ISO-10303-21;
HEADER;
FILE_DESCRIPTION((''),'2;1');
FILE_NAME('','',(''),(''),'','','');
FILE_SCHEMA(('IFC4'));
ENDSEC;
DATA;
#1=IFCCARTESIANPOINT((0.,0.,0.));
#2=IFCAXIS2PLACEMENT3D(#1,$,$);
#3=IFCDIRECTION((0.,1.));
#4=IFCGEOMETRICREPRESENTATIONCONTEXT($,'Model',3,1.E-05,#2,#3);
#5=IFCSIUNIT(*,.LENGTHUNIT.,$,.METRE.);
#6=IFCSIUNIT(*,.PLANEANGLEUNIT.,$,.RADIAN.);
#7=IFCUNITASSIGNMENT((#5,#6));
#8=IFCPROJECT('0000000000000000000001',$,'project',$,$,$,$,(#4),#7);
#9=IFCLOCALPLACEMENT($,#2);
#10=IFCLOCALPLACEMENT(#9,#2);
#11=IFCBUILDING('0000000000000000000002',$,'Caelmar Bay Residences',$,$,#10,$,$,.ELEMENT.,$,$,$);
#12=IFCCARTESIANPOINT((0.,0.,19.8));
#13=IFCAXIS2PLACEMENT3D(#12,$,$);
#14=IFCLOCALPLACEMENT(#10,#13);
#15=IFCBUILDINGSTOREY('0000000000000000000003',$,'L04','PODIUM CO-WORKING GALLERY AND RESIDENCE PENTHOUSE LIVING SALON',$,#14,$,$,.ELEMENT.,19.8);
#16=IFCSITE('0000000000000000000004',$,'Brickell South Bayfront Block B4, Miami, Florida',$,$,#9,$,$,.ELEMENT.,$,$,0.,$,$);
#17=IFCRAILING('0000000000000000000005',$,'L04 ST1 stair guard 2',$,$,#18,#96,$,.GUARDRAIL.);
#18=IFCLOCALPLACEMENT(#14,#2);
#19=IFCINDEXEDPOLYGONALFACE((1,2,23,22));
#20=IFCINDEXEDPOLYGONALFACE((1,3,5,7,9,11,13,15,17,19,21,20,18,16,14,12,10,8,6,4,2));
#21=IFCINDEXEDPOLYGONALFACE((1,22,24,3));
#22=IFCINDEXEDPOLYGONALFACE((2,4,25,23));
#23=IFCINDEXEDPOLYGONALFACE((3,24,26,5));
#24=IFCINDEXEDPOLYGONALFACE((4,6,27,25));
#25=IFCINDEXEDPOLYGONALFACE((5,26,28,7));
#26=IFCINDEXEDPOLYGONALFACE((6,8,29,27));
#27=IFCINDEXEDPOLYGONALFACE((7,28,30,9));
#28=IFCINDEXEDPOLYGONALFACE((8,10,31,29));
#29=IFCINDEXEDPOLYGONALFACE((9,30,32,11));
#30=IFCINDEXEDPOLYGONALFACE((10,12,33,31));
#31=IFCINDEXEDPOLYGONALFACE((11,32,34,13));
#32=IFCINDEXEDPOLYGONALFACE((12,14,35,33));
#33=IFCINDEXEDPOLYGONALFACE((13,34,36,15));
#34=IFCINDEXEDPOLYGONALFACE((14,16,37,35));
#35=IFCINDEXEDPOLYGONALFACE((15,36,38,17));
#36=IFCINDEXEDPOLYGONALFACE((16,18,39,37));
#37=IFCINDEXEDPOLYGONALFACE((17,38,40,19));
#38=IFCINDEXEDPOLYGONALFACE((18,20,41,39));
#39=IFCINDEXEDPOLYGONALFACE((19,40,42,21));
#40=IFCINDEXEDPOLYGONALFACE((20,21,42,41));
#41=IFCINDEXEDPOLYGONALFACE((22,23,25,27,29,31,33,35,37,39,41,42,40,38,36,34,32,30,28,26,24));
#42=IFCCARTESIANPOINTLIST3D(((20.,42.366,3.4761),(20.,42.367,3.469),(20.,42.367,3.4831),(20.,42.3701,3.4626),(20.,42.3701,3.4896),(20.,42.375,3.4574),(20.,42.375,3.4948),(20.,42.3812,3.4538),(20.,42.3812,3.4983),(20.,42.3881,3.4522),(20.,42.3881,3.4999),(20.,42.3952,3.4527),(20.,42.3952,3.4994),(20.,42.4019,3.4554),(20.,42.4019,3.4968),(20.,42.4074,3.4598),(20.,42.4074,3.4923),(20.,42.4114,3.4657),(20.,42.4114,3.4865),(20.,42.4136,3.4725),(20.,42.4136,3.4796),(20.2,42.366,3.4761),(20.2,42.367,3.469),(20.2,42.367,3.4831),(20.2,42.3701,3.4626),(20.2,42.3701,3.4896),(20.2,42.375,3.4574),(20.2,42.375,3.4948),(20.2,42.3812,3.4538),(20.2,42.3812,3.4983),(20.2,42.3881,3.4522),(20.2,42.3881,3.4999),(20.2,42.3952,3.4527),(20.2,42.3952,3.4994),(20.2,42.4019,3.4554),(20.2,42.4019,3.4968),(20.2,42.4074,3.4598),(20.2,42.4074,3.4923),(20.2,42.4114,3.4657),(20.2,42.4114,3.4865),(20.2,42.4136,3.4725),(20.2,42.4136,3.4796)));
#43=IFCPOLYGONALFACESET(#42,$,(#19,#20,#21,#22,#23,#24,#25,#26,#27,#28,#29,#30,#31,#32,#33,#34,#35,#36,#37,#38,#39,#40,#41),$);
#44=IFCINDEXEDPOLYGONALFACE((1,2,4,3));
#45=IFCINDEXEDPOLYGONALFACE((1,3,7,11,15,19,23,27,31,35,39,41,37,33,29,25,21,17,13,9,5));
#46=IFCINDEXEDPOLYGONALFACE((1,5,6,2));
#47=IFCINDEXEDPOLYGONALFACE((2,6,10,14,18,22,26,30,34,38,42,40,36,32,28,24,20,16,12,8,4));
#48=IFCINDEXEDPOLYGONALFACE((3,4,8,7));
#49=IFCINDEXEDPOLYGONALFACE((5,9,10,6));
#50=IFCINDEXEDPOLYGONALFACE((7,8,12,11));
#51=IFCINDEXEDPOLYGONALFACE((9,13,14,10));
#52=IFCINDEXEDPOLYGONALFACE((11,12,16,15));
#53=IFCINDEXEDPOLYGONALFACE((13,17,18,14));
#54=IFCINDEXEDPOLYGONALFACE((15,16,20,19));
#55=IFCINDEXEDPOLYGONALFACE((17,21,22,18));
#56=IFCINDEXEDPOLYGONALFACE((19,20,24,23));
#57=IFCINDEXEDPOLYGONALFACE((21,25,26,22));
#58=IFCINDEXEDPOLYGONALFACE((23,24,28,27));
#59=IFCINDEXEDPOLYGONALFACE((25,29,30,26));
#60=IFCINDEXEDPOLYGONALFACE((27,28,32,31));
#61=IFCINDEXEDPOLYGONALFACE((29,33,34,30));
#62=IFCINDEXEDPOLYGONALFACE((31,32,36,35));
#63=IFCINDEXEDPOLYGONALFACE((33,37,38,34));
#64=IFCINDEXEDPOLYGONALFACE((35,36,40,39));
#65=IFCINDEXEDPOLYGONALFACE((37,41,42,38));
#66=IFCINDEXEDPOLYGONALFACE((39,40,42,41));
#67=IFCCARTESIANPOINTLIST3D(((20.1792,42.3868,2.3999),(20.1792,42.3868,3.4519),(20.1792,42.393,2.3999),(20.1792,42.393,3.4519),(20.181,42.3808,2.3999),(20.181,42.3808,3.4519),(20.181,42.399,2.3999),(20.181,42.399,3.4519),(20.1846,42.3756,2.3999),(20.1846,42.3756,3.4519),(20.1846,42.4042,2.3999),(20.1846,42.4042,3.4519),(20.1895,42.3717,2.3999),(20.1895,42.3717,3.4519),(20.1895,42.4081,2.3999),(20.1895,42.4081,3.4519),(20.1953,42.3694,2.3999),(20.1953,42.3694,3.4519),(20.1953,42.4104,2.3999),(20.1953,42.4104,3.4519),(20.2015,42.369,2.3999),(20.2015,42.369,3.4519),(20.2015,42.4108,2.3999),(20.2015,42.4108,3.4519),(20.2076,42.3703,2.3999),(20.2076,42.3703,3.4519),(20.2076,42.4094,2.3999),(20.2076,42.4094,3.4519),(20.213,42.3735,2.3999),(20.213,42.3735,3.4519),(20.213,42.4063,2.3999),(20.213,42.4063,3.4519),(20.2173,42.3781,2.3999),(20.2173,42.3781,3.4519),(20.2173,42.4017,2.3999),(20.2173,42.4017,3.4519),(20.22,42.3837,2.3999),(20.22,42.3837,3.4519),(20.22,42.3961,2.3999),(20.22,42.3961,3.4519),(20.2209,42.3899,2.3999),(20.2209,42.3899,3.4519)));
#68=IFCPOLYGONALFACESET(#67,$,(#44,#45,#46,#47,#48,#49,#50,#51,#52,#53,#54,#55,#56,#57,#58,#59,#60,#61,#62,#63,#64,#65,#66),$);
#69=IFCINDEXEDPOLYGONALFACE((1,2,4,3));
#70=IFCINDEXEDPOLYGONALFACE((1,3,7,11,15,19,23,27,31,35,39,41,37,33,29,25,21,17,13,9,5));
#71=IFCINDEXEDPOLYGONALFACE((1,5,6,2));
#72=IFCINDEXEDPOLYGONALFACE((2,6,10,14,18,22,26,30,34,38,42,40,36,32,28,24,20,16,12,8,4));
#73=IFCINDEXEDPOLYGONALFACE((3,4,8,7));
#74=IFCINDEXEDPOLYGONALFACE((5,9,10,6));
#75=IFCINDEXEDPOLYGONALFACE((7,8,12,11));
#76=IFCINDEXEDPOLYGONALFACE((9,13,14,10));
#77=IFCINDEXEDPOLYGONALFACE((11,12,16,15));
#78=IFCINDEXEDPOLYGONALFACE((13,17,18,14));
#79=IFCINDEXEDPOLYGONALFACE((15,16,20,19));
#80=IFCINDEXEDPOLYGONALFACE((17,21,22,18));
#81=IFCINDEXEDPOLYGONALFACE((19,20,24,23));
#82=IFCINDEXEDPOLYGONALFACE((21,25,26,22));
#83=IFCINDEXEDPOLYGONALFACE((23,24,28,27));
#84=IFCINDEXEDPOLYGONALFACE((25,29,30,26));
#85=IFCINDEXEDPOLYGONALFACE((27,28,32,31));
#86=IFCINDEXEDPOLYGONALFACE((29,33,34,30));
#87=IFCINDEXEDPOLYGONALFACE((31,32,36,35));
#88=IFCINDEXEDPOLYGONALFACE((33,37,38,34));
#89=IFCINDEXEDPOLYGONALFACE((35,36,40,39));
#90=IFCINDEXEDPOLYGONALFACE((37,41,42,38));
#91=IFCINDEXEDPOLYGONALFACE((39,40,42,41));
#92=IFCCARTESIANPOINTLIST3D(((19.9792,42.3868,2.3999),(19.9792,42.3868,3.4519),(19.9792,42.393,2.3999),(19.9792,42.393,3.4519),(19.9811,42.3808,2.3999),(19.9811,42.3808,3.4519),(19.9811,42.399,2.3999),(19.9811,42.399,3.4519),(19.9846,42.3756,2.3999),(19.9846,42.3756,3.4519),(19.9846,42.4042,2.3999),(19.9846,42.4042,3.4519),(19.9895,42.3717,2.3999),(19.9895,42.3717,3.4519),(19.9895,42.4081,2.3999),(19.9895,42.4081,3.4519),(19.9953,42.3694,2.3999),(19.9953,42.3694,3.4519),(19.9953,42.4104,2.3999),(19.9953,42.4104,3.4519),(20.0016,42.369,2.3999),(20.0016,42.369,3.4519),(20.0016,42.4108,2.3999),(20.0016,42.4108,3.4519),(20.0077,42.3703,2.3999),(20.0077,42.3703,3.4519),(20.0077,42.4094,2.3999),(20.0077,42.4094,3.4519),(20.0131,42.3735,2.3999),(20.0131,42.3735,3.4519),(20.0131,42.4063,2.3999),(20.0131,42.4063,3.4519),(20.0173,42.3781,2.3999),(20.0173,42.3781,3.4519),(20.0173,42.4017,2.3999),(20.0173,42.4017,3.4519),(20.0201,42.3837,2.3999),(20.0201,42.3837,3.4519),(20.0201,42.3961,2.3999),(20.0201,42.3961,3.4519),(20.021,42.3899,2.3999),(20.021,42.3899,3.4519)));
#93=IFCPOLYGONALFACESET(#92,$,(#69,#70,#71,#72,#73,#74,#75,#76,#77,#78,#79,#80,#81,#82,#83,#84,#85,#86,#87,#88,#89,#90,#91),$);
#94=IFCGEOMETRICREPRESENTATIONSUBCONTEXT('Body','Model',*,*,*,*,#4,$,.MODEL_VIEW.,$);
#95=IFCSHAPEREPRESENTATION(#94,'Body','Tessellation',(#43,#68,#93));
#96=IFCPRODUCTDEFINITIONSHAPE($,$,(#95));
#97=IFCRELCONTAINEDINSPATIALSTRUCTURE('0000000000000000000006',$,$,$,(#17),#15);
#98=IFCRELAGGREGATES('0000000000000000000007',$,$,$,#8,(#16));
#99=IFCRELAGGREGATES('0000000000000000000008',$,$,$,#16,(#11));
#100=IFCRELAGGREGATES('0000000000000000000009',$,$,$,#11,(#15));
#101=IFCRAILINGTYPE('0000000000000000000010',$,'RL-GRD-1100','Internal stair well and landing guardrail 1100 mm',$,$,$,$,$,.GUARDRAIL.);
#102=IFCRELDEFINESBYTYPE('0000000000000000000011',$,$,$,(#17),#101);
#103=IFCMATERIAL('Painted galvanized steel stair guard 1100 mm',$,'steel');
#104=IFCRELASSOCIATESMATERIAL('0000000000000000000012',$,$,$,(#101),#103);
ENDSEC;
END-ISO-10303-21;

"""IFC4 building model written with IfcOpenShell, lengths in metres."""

from ifc_helpers import new_model, si_unit, direction, frame, origin, origin_2d, place, context, subcontext, project, spatial, circle, extrude, material, type_object, element, save


model = new_model("IFC4")

# Units and contexts
model_context = context("Model", 3, precision=1e-05, world=origin(), true_north=direction((0.0, 1.0)))
body_context = subcontext(model_context, "Body", "Model", "MODEL_VIEW")
ifc_project = project(units=[si_unit("LENGTHUNIT", "METRE"), si_unit("PLANEANGLEUNIT", "RADIAN")], contexts=[model_context])

# Site, building, storey
site_placement = place(None, origin())
site = spatial("IfcSite", under=ifc_project, at=site_placement, Name="Brickell South Bayfront Block B4, Miami, Florida", CompositionType="ELEMENT", RefElevation=0.0)
building_placement = place(site_placement, origin())
building = spatial("IfcBuilding", under=site, at=building_placement, Name="Caelmar Bay Residences", CompositionType="ELEMENT")
storey_placement = place(building_placement, frame((0.0, 0.0, 19.8)))
storey = spatial("IfcBuildingStorey", under=building, at=storey_placement, Name="L04", Description="PODIUM CO-WORKING GALLERY AND RESIDENCE PENTHOUSE LIVING SALON", CompositionType="ELEMENT", Elevation=19.8)

# Railing
ifc_material_1 = material(Name="Painted galvanized steel stair guard 1100 mm", Category="steel")
railing_type_1 = type_object("IfcRailingType", Name="RL-GRD-1100", Description="Internal stair well and landing guardrail 1100 mm", PredefinedType="GUARDRAIL", material=ifc_material_1)
railing_1_placement = place(storey_placement, frame((20.2, 42.3899, 2.3999)))
element("IfcRailing", 1, at=railing_1_placement, inside=storey, type_object=railing_type_1, Name="L04 ST1 stair guard 2", PredefinedType="GUARDRAIL", context=body_context, shape_type="SweptSolid", body=[
    extrude(circle(Radius=0.0239, at=origin_2d()), frame((0.0, 0.0, 1.0762), z_axis=(-1.0, 0.0, 0.0), x_axis=(0.0, -1.0, 0.0)), (0.0, 0.0, 1.0), 0.2),
    extrude(circle(Radius=0.021, at=origin_2d()), origin(), (0.0, 0.0, 1.0), 1.052),
    extrude(circle(Radius=0.021, at=origin_2d()), frame((-0.2, 0.0, 0.0)), (0.0, 0.0, 1.0), 1.052),
])

save(model, "model.ifc")
